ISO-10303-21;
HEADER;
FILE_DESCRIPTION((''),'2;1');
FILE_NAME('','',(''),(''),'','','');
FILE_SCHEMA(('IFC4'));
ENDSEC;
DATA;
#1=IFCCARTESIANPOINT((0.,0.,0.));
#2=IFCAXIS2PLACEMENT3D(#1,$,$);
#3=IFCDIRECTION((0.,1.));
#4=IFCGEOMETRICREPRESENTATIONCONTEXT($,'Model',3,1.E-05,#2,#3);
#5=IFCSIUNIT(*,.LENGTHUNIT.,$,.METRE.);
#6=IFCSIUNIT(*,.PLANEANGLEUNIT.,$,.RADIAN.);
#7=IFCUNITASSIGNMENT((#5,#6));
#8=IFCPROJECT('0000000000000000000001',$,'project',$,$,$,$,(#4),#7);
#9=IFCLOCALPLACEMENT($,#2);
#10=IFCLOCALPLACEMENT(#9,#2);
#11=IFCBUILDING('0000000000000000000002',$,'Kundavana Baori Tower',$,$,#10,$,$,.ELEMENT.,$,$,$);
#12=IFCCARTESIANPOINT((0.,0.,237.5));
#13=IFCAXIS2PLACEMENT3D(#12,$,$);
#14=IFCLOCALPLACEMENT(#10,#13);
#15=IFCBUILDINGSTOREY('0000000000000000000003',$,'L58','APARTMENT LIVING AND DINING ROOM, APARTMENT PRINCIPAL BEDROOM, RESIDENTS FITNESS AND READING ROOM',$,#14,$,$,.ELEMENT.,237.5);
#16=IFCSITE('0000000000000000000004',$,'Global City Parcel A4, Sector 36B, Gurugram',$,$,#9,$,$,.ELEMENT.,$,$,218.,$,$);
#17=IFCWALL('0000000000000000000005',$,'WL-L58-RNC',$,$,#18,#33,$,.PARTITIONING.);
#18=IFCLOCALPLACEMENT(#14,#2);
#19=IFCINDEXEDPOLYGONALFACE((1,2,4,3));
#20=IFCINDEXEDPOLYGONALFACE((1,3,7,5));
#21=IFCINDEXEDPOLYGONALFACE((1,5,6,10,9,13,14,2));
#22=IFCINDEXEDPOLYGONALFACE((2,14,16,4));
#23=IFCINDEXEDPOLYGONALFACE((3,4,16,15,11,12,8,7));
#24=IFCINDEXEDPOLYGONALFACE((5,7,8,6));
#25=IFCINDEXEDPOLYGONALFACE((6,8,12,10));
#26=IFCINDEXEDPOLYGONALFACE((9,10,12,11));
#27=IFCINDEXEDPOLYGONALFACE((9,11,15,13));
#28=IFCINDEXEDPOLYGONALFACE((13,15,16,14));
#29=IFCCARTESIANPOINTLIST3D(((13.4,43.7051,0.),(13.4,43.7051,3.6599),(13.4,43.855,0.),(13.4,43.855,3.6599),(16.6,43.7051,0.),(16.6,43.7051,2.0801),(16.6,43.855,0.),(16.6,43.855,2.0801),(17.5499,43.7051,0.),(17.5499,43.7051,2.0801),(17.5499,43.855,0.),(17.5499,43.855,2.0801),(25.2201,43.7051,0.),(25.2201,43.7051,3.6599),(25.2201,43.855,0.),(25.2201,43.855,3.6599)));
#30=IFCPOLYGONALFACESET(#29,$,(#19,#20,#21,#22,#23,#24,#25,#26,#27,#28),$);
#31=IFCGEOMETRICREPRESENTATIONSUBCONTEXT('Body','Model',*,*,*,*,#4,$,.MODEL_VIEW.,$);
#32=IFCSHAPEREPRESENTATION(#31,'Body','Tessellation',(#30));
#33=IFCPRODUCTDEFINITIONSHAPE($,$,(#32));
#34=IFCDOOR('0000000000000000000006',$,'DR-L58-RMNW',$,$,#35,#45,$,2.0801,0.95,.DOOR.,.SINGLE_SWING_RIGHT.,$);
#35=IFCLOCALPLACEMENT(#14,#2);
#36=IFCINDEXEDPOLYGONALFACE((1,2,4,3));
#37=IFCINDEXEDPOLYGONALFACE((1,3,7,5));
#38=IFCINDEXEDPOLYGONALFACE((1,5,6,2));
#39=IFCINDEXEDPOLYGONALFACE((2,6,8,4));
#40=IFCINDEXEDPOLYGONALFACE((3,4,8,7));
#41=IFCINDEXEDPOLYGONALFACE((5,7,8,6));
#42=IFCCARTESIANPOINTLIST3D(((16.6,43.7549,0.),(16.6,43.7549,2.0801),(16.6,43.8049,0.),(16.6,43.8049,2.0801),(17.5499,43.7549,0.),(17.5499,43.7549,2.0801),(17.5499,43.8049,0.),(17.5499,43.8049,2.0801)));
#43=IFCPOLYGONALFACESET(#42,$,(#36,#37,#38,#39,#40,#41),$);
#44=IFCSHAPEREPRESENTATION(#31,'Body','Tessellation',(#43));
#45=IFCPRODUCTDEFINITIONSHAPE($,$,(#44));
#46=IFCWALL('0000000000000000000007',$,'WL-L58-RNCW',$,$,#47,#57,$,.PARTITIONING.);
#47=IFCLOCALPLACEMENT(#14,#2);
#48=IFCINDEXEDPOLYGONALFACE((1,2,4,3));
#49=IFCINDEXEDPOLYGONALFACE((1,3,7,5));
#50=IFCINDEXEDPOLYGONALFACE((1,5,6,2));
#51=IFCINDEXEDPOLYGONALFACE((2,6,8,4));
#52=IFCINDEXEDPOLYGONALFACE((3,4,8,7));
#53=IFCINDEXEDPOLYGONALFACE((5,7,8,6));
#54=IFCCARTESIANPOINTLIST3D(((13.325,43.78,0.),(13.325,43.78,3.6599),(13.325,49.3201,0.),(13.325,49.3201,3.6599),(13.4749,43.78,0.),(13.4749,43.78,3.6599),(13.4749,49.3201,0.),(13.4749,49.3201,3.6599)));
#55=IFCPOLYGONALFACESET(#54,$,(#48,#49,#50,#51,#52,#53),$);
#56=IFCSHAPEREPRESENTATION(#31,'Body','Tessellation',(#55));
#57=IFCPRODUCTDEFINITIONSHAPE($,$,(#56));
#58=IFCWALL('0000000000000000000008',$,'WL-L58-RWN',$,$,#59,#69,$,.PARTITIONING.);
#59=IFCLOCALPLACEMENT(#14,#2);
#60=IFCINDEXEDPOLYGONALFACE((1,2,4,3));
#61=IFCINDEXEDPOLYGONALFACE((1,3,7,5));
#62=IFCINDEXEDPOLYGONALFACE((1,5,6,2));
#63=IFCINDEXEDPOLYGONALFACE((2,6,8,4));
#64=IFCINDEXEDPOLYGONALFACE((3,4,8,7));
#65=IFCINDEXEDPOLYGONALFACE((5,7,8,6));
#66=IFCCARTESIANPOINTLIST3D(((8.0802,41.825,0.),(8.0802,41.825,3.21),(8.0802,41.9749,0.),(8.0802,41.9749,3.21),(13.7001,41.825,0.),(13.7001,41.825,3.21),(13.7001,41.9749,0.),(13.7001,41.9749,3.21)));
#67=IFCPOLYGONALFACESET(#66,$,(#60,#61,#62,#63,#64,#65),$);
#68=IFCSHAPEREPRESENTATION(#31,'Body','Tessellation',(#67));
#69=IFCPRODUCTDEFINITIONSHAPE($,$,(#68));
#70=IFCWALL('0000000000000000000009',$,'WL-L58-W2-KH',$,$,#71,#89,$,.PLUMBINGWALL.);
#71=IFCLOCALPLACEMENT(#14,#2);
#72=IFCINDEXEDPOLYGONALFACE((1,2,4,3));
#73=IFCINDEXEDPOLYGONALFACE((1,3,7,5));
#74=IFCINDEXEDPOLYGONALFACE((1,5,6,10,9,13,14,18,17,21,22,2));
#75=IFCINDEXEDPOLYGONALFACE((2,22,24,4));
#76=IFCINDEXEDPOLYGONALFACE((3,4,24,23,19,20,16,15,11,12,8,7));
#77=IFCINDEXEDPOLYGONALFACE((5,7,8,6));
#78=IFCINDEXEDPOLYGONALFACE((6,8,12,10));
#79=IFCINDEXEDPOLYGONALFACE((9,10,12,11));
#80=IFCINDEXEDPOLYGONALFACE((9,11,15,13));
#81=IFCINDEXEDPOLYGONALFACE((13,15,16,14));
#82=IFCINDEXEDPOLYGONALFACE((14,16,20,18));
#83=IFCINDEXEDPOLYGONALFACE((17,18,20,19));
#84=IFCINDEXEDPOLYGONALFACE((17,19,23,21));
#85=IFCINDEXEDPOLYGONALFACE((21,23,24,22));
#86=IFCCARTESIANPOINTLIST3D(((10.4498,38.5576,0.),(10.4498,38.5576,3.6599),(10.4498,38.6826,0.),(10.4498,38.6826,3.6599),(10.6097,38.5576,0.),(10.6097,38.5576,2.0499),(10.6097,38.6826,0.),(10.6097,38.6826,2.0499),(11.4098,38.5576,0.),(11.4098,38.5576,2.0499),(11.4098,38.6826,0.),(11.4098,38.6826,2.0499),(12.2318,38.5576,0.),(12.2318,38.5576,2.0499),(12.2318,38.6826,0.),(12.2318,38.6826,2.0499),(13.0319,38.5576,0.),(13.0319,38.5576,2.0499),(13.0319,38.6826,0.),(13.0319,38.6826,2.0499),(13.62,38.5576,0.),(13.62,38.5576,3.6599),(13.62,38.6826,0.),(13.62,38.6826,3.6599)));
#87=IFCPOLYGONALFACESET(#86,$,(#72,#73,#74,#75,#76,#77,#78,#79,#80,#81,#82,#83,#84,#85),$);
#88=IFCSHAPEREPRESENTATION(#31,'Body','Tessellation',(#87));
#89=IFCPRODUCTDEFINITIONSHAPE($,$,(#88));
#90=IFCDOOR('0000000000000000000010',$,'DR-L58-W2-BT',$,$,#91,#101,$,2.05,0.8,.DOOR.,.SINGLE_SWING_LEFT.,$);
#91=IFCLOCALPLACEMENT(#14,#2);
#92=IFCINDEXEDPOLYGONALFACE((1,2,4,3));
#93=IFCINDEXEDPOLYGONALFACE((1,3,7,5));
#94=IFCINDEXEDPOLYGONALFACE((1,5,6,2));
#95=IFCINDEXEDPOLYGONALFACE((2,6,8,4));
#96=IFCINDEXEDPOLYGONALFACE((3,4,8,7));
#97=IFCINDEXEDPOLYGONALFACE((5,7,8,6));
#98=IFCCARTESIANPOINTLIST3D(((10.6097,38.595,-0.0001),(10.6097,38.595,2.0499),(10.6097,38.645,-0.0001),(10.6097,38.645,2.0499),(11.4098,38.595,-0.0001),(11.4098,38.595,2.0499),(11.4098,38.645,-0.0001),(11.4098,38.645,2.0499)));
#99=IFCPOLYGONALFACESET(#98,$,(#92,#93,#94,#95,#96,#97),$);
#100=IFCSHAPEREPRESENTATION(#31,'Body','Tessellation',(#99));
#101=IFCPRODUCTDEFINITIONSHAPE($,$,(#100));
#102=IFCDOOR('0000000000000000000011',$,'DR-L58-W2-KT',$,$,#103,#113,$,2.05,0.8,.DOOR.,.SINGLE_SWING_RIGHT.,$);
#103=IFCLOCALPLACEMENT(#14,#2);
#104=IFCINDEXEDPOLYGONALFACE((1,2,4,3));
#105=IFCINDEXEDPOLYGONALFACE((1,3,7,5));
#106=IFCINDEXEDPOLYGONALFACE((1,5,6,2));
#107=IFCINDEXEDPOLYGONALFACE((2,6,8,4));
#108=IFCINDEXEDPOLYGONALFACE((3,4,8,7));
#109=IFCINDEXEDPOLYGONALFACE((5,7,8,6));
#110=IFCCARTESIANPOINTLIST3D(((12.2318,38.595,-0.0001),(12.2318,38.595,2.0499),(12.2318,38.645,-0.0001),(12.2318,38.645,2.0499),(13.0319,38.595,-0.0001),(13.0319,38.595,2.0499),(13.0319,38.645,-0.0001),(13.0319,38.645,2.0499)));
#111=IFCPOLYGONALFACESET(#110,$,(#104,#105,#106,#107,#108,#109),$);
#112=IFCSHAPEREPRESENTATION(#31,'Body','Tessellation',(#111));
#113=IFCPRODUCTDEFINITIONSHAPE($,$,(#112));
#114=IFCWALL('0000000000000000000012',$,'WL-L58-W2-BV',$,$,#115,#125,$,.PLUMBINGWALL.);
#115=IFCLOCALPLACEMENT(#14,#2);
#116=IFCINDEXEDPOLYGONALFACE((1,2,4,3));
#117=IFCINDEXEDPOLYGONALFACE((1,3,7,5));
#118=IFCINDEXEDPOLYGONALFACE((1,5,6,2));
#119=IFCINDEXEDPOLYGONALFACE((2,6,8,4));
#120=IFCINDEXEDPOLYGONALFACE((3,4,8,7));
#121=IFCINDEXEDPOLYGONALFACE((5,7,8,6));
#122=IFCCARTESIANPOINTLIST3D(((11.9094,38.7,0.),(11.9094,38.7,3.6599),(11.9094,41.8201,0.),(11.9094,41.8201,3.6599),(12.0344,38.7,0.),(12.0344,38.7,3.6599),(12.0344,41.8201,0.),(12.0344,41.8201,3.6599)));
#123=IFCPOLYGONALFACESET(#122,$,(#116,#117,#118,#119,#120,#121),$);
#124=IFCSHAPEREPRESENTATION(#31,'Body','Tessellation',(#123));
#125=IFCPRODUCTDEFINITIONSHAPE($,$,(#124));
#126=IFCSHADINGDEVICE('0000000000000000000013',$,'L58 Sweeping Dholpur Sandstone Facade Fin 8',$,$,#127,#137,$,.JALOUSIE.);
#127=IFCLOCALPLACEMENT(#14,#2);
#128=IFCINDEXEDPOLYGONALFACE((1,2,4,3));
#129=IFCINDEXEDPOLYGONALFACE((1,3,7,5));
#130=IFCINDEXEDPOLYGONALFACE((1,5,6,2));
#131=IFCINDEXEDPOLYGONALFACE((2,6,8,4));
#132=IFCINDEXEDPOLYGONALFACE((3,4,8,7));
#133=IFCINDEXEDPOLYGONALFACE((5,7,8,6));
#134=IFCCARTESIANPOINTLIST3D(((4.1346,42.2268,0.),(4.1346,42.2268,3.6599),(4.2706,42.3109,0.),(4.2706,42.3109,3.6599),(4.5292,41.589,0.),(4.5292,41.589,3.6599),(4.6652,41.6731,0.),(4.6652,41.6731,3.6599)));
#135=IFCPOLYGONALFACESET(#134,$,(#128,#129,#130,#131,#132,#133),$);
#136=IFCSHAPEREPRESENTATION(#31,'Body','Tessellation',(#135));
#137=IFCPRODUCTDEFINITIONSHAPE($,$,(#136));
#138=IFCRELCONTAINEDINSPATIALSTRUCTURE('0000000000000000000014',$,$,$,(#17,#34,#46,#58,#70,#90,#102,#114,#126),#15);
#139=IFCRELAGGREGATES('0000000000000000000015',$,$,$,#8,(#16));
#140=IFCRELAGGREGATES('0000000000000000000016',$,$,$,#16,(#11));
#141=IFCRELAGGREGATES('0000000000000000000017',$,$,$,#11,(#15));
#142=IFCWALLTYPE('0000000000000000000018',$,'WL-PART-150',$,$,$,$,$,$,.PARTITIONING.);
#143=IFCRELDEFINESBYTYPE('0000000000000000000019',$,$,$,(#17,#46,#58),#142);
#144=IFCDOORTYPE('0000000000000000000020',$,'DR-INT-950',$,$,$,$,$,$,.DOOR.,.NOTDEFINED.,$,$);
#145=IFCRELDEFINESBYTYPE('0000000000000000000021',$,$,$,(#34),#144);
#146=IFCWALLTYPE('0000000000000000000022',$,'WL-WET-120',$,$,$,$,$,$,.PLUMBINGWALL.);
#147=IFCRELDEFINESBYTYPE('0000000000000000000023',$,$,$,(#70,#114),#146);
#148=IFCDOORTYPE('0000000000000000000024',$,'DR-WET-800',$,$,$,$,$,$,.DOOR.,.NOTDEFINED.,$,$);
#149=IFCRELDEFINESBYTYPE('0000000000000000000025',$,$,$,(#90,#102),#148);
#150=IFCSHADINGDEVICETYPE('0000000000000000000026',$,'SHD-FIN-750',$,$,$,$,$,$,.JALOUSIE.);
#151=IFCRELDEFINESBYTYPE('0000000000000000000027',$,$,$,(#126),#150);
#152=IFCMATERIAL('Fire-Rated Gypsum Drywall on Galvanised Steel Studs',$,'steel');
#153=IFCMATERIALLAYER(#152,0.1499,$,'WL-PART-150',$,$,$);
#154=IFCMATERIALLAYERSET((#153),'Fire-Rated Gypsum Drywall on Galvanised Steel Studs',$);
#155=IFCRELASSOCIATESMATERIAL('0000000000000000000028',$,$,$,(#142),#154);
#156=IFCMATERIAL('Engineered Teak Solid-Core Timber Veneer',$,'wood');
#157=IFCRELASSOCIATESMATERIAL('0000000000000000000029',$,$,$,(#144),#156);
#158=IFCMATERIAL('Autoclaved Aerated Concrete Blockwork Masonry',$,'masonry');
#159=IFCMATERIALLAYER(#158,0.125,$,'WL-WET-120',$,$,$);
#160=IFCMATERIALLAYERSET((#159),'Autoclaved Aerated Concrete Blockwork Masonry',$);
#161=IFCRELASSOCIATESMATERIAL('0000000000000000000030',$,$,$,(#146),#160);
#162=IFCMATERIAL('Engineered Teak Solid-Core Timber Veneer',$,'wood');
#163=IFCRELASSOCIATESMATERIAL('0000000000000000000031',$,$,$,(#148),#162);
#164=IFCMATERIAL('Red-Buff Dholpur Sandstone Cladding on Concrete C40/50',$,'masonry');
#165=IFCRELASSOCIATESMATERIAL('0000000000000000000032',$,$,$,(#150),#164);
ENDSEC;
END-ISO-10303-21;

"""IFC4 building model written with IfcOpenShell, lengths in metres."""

from ifc_helpers import new_model, si_unit, direction, frame, frame_2d, origin, origin_2d, place, context, subcontext, project, spatial, rectangle, extrude, material, layer, layer_set, type_object, element, fill, save


model = new_model("IFC4")

# Units and contexts
model_context = context("Model", 3, precision=1e-05, world=origin(), true_north=direction((0.0, 1.0)))
body_context = subcontext(model_context, "Body", "Model", "MODEL_VIEW")
ifc_project = project(units=[si_unit("LENGTHUNIT", "METRE"), si_unit("PLANEANGLEUNIT", "RADIAN")], contexts=[model_context])

# Site, building, storey
site_placement = place(None, origin())
site = spatial("IfcSite", under=ifc_project, at=site_placement, Name="Global City Parcel A4, Sector 36B, Gurugram", CompositionType="ELEMENT", RefElevation=218.0)
building_placement = place(site_placement, origin())
building = spatial("IfcBuilding", under=site, at=building_placement, Name="Kundavana Baori Tower", CompositionType="ELEMENT")
storey_placement = place(building_placement, frame((0.0, 0.0, 237.5)))
storey = spatial("IfcBuildingStorey", under=building, at=storey_placement, Name="L58", Description="APARTMENT LIVING AND DINING ROOM, APARTMENT PRINCIPAL BEDROOM, RESIDENTS FITNESS AND READING ROOM", CompositionType="ELEMENT", Elevation=237.5)

# Wall, opening, door
ifc_material_1 = material(Name="Fire-Rated Gypsum Drywall on Galvanised Steel Studs", Category="steel")
ifc_layer_1 = layer(ifc_material_1, 0.1499, Name="WL-PART-150")
ifc_layer_set_1 = layer_set([ifc_layer_1], Name="Fire-Rated Gypsum Drywall on Galvanised Steel Studs")
wall_type_1 = type_object("IfcWallType", Name="WL-PART-150", PredefinedType="PARTITIONING", material=ifc_layer_set_1)
wall_1_placement = place(storey_placement, frame((13.3999, 43.78, 0.0), z_axis=(0.0, 0.0, 1.0), x_axis=(1.0, 0.0, 0.0)))
wall_1 = element("IfcWall", 1, at=wall_1_placement, inside=storey, type_object=wall_type_1, Name="WL-L58-RNC", PredefinedType="PARTITIONING", context=body_context, shape_type="SweptSolid", body=[
    extrude(rectangle(XDim=11.8201, YDim=0.1499, at=frame_2d((5.9102, 0.0))), origin(), (0.0, 0.0, 1.0), 3.6599),
])
opening_1_placement = place(wall_1_placement, frame((3.2, 0.0, 0.0)))
opening_1 = element("IfcOpeningElement", 2, at=opening_1_placement, cuts=wall_1, PredefinedType="OPENING", context=body_context, shape_type="SweptSolid", body=[
    extrude(rectangle(XDim=0.95, YDim=2.0801, at=frame_2d((0.4751, 1.04))), frame((0.0, 0.085, 0.0), z_axis=(0.0, -1.0, 0.0), x_axis=(1.0, 0.0, 0.0)), (0.0, 0.0, 1.0), 0.1699),
])
ifc_material_2 = material(Name="Engineered Teak Solid-Core Timber Veneer", Category="wood")
door_type_1 = type_object("IfcDoorType", Name="DR-INT-950", OperationType="NOTDEFINED", PredefinedType="DOOR", material=ifc_material_2)
door_1_placement = place(opening_1_placement, origin())
door_1 = element("IfcDoor", 3, at=door_1_placement, inside=storey, type_object=door_type_1, Name="DR-L58-RMNW", OperationType="SINGLE_SWING_RIGHT", OverallHeight=2.0801, OverallWidth=0.95, PredefinedType="DOOR", context=body_context, shape_type="SweptSolid", body=[
    extrude(rectangle(XDim=0.95, YDim=2.0801, at=frame_2d((0.4751, 1.04))), frame((0.0, 0.0249, 0.0), z_axis=(0.0, -1.0, 0.0), x_axis=(1.0, 0.0, 0.0)), (0.0, 0.0, 1.0), 0.05),
])
fill(opening_1, door_1)

# Walls
wall_2_placement = place(storey_placement, frame((13.3999, 43.78, 0.0), z_axis=(0.0, 0.0, 1.0), x_axis=(0.0, 1.0, 0.0)))
element("IfcWall", 4, at=wall_2_placement, inside=storey, type_object=wall_type_1, Name="WL-L58-RNCW", PredefinedType="PARTITIONING", context=body_context, shape_type="SweptSolid", body=[
    extrude(rectangle(XDim=5.54, YDim=0.1499, at=frame_2d((2.77, 0.0))), origin(), (0.0, 0.0, 1.0), 3.6599),
])
wall_3_placement = place(storey_placement, frame((8.0801, 41.8999, 0.0), z_axis=(0.0, 0.0, 1.0), x_axis=(1.0, 0.0, 0.0)))
element("IfcWall", 5, at=wall_3_placement, inside=storey, type_object=wall_type_1, Name="WL-L58-RWN", PredefinedType="PARTITIONING", context=body_context, shape_type="SweptSolid", body=[
    extrude(rectangle(XDim=5.6199, YDim=0.1499, at=frame_2d((2.8101, 0.0))), origin(), (0.0, 0.0, 1.0), 3.21),
])

# Wall, openings, doors
ifc_material_3 = material(Name="Autoclaved Aerated Concrete Blockwork Masonry", Category="masonry")
ifc_layer_2 = layer(ifc_material_3, 0.125, Name="WL-WET-120")
ifc_layer_set_2 = layer_set([ifc_layer_2], Name="Autoclaved Aerated Concrete Blockwork Masonry")
wall_type_2 = type_object("IfcWallType", Name="WL-WET-120", PredefinedType="PLUMBINGWALL", material=ifc_layer_set_2)
wall_4_placement = place(storey_placement, frame((10.45, 38.6201, 0.0), z_axis=(0.0, 0.0, 1.0), x_axis=(1.0, 0.0, 0.0)))
wall_4 = element("IfcWall", 6, at=wall_4_placement, inside=storey, type_object=wall_type_2, Name="WL-L58-W2-KH", PredefinedType="PLUMBINGWALL", context=body_context, shape_type="SweptSolid", body=[
    extrude(rectangle(XDim=3.1702, YDim=0.125, at=frame_2d((1.585, 0.0))), origin(), (0.0, 0.0, 1.0), 3.6599),
])
opening_2_placement = place(wall_4_placement, frame((0.1599, 0.0, 0.0)))
opening_2 = element("IfcOpeningElement", 7, at=opening_2_placement, cuts=wall_4, PredefinedType="OPENING", context=body_context, shape_type="SweptSolid", body=[
    extrude(rectangle(XDim=0.8, YDim=2.05, at=frame_2d((0.3999, 1.0249))), frame((0.0, 0.0725, 0.0), z_axis=(0.0, -1.0, 0.0), x_axis=(1.0, 0.0, 0.0)), (0.0, 0.0, 1.0), 0.145),
])
opening_3_placement = place(wall_4_placement, frame((1.782, 0.0, 0.0)))
opening_3 = element("IfcOpeningElement", 8, at=opening_3_placement, cuts=wall_4, PredefinedType="OPENING", context=body_context, shape_type="SweptSolid", body=[
    extrude(rectangle(XDim=0.8, YDim=2.05, at=frame_2d((0.3999, 1.0249))), frame((0.0, 0.0725, 0.0), z_axis=(0.0, -1.0, 0.0), x_axis=(1.0, 0.0, 0.0)), (0.0, 0.0, 1.0), 0.145),
])
ifc_material_4 = material(Name="Engineered Teak Solid-Core Timber Veneer", Category="wood")
door_type_2 = type_object("IfcDoorType", Name="DR-WET-800", OperationType="NOTDEFINED", PredefinedType="DOOR", material=ifc_material_4)
door_2_placement = place(opening_2_placement, origin())
door_2 = element("IfcDoor", 9, at=door_2_placement, inside=storey, type_object=door_type_2, Name="DR-L58-W2-BT", OperationType="SINGLE_SWING_LEFT", OverallHeight=2.05, OverallWidth=0.8, PredefinedType="DOOR", context=body_context, shape_type="SweptSolid", body=[
    extrude(rectangle(XDim=0.8, YDim=2.05, at=frame_2d((0.3999, 1.0249))), frame((0.0, 0.0249, 0.0), z_axis=(0.0, -1.0, 0.0), x_axis=(1.0, 0.0, 0.0)), (0.0, 0.0, 1.0), 0.05),
])
fill(opening_2, door_2)
door_3_placement = place(opening_3_placement, origin())
door_3 = element("IfcDoor", 10, at=door_3_placement, inside=storey, type_object=door_type_2, Name="DR-L58-W2-KT", OperationType="SINGLE_SWING_RIGHT", OverallHeight=2.05, OverallWidth=0.8, PredefinedType="DOOR", context=body_context, shape_type="SweptSolid", body=[
    extrude(rectangle(XDim=0.8, YDim=2.05, at=frame_2d((0.3999, 1.0249))), frame((0.0, 0.0249, 0.0), z_axis=(0.0, -1.0, 0.0), x_axis=(1.0, 0.0, 0.0)), (0.0, 0.0, 1.0), 0.05),
])
fill(opening_3, door_3)

# Wall
wall_5_placement = place(storey_placement, frame((11.9719, 38.7, 0.0), z_axis=(0.0, 0.0, 1.0), x_axis=(0.0, 1.0, 0.0)))
element("IfcWall", 11, at=wall_5_placement, inside=storey, type_object=wall_type_2, Name="WL-L58-W2-BV", PredefinedType="PLUMBINGWALL", context=body_context, shape_type="SweptSolid", body=[
    extrude(rectangle(XDim=3.1201, YDim=0.125, at=frame_2d((1.5601, 0.0))), origin(), (0.0, 0.0, 1.0), 3.6599),
])

# Shading device
ifc_material_5 = material(Name="Red-Buff Dholpur Sandstone Cladding on Concrete C40/50", Category="masonry")
shading_device_type = type_object("IfcShadingDeviceType", Name="SHD-FIN-750", PredefinedType="JALOUSIE", material=ifc_material_5)
shading_device_placement = place(storey_placement, frame((4.3999, 41.95, 0.0), z_axis=(0.0, 0.0, 1.0), x_axis=(0.850444, 0.526066, 0.0)))
element("IfcShadingDevice", 12, at=shading_device_placement, inside=storey, type_object=shading_device_type, Name="L58 Sweeping Dholpur Sandstone Facade Fin 8", PredefinedType="JALOUSIE", context=body_context, shape_type="SweptSolid", body=[
    extrude(rectangle(XDim=0.1599, YDim=0.75, at=origin_2d()), origin(), (0.0, 0.0, 1.0), 3.6599),
])

save(model, "model.ifc")
